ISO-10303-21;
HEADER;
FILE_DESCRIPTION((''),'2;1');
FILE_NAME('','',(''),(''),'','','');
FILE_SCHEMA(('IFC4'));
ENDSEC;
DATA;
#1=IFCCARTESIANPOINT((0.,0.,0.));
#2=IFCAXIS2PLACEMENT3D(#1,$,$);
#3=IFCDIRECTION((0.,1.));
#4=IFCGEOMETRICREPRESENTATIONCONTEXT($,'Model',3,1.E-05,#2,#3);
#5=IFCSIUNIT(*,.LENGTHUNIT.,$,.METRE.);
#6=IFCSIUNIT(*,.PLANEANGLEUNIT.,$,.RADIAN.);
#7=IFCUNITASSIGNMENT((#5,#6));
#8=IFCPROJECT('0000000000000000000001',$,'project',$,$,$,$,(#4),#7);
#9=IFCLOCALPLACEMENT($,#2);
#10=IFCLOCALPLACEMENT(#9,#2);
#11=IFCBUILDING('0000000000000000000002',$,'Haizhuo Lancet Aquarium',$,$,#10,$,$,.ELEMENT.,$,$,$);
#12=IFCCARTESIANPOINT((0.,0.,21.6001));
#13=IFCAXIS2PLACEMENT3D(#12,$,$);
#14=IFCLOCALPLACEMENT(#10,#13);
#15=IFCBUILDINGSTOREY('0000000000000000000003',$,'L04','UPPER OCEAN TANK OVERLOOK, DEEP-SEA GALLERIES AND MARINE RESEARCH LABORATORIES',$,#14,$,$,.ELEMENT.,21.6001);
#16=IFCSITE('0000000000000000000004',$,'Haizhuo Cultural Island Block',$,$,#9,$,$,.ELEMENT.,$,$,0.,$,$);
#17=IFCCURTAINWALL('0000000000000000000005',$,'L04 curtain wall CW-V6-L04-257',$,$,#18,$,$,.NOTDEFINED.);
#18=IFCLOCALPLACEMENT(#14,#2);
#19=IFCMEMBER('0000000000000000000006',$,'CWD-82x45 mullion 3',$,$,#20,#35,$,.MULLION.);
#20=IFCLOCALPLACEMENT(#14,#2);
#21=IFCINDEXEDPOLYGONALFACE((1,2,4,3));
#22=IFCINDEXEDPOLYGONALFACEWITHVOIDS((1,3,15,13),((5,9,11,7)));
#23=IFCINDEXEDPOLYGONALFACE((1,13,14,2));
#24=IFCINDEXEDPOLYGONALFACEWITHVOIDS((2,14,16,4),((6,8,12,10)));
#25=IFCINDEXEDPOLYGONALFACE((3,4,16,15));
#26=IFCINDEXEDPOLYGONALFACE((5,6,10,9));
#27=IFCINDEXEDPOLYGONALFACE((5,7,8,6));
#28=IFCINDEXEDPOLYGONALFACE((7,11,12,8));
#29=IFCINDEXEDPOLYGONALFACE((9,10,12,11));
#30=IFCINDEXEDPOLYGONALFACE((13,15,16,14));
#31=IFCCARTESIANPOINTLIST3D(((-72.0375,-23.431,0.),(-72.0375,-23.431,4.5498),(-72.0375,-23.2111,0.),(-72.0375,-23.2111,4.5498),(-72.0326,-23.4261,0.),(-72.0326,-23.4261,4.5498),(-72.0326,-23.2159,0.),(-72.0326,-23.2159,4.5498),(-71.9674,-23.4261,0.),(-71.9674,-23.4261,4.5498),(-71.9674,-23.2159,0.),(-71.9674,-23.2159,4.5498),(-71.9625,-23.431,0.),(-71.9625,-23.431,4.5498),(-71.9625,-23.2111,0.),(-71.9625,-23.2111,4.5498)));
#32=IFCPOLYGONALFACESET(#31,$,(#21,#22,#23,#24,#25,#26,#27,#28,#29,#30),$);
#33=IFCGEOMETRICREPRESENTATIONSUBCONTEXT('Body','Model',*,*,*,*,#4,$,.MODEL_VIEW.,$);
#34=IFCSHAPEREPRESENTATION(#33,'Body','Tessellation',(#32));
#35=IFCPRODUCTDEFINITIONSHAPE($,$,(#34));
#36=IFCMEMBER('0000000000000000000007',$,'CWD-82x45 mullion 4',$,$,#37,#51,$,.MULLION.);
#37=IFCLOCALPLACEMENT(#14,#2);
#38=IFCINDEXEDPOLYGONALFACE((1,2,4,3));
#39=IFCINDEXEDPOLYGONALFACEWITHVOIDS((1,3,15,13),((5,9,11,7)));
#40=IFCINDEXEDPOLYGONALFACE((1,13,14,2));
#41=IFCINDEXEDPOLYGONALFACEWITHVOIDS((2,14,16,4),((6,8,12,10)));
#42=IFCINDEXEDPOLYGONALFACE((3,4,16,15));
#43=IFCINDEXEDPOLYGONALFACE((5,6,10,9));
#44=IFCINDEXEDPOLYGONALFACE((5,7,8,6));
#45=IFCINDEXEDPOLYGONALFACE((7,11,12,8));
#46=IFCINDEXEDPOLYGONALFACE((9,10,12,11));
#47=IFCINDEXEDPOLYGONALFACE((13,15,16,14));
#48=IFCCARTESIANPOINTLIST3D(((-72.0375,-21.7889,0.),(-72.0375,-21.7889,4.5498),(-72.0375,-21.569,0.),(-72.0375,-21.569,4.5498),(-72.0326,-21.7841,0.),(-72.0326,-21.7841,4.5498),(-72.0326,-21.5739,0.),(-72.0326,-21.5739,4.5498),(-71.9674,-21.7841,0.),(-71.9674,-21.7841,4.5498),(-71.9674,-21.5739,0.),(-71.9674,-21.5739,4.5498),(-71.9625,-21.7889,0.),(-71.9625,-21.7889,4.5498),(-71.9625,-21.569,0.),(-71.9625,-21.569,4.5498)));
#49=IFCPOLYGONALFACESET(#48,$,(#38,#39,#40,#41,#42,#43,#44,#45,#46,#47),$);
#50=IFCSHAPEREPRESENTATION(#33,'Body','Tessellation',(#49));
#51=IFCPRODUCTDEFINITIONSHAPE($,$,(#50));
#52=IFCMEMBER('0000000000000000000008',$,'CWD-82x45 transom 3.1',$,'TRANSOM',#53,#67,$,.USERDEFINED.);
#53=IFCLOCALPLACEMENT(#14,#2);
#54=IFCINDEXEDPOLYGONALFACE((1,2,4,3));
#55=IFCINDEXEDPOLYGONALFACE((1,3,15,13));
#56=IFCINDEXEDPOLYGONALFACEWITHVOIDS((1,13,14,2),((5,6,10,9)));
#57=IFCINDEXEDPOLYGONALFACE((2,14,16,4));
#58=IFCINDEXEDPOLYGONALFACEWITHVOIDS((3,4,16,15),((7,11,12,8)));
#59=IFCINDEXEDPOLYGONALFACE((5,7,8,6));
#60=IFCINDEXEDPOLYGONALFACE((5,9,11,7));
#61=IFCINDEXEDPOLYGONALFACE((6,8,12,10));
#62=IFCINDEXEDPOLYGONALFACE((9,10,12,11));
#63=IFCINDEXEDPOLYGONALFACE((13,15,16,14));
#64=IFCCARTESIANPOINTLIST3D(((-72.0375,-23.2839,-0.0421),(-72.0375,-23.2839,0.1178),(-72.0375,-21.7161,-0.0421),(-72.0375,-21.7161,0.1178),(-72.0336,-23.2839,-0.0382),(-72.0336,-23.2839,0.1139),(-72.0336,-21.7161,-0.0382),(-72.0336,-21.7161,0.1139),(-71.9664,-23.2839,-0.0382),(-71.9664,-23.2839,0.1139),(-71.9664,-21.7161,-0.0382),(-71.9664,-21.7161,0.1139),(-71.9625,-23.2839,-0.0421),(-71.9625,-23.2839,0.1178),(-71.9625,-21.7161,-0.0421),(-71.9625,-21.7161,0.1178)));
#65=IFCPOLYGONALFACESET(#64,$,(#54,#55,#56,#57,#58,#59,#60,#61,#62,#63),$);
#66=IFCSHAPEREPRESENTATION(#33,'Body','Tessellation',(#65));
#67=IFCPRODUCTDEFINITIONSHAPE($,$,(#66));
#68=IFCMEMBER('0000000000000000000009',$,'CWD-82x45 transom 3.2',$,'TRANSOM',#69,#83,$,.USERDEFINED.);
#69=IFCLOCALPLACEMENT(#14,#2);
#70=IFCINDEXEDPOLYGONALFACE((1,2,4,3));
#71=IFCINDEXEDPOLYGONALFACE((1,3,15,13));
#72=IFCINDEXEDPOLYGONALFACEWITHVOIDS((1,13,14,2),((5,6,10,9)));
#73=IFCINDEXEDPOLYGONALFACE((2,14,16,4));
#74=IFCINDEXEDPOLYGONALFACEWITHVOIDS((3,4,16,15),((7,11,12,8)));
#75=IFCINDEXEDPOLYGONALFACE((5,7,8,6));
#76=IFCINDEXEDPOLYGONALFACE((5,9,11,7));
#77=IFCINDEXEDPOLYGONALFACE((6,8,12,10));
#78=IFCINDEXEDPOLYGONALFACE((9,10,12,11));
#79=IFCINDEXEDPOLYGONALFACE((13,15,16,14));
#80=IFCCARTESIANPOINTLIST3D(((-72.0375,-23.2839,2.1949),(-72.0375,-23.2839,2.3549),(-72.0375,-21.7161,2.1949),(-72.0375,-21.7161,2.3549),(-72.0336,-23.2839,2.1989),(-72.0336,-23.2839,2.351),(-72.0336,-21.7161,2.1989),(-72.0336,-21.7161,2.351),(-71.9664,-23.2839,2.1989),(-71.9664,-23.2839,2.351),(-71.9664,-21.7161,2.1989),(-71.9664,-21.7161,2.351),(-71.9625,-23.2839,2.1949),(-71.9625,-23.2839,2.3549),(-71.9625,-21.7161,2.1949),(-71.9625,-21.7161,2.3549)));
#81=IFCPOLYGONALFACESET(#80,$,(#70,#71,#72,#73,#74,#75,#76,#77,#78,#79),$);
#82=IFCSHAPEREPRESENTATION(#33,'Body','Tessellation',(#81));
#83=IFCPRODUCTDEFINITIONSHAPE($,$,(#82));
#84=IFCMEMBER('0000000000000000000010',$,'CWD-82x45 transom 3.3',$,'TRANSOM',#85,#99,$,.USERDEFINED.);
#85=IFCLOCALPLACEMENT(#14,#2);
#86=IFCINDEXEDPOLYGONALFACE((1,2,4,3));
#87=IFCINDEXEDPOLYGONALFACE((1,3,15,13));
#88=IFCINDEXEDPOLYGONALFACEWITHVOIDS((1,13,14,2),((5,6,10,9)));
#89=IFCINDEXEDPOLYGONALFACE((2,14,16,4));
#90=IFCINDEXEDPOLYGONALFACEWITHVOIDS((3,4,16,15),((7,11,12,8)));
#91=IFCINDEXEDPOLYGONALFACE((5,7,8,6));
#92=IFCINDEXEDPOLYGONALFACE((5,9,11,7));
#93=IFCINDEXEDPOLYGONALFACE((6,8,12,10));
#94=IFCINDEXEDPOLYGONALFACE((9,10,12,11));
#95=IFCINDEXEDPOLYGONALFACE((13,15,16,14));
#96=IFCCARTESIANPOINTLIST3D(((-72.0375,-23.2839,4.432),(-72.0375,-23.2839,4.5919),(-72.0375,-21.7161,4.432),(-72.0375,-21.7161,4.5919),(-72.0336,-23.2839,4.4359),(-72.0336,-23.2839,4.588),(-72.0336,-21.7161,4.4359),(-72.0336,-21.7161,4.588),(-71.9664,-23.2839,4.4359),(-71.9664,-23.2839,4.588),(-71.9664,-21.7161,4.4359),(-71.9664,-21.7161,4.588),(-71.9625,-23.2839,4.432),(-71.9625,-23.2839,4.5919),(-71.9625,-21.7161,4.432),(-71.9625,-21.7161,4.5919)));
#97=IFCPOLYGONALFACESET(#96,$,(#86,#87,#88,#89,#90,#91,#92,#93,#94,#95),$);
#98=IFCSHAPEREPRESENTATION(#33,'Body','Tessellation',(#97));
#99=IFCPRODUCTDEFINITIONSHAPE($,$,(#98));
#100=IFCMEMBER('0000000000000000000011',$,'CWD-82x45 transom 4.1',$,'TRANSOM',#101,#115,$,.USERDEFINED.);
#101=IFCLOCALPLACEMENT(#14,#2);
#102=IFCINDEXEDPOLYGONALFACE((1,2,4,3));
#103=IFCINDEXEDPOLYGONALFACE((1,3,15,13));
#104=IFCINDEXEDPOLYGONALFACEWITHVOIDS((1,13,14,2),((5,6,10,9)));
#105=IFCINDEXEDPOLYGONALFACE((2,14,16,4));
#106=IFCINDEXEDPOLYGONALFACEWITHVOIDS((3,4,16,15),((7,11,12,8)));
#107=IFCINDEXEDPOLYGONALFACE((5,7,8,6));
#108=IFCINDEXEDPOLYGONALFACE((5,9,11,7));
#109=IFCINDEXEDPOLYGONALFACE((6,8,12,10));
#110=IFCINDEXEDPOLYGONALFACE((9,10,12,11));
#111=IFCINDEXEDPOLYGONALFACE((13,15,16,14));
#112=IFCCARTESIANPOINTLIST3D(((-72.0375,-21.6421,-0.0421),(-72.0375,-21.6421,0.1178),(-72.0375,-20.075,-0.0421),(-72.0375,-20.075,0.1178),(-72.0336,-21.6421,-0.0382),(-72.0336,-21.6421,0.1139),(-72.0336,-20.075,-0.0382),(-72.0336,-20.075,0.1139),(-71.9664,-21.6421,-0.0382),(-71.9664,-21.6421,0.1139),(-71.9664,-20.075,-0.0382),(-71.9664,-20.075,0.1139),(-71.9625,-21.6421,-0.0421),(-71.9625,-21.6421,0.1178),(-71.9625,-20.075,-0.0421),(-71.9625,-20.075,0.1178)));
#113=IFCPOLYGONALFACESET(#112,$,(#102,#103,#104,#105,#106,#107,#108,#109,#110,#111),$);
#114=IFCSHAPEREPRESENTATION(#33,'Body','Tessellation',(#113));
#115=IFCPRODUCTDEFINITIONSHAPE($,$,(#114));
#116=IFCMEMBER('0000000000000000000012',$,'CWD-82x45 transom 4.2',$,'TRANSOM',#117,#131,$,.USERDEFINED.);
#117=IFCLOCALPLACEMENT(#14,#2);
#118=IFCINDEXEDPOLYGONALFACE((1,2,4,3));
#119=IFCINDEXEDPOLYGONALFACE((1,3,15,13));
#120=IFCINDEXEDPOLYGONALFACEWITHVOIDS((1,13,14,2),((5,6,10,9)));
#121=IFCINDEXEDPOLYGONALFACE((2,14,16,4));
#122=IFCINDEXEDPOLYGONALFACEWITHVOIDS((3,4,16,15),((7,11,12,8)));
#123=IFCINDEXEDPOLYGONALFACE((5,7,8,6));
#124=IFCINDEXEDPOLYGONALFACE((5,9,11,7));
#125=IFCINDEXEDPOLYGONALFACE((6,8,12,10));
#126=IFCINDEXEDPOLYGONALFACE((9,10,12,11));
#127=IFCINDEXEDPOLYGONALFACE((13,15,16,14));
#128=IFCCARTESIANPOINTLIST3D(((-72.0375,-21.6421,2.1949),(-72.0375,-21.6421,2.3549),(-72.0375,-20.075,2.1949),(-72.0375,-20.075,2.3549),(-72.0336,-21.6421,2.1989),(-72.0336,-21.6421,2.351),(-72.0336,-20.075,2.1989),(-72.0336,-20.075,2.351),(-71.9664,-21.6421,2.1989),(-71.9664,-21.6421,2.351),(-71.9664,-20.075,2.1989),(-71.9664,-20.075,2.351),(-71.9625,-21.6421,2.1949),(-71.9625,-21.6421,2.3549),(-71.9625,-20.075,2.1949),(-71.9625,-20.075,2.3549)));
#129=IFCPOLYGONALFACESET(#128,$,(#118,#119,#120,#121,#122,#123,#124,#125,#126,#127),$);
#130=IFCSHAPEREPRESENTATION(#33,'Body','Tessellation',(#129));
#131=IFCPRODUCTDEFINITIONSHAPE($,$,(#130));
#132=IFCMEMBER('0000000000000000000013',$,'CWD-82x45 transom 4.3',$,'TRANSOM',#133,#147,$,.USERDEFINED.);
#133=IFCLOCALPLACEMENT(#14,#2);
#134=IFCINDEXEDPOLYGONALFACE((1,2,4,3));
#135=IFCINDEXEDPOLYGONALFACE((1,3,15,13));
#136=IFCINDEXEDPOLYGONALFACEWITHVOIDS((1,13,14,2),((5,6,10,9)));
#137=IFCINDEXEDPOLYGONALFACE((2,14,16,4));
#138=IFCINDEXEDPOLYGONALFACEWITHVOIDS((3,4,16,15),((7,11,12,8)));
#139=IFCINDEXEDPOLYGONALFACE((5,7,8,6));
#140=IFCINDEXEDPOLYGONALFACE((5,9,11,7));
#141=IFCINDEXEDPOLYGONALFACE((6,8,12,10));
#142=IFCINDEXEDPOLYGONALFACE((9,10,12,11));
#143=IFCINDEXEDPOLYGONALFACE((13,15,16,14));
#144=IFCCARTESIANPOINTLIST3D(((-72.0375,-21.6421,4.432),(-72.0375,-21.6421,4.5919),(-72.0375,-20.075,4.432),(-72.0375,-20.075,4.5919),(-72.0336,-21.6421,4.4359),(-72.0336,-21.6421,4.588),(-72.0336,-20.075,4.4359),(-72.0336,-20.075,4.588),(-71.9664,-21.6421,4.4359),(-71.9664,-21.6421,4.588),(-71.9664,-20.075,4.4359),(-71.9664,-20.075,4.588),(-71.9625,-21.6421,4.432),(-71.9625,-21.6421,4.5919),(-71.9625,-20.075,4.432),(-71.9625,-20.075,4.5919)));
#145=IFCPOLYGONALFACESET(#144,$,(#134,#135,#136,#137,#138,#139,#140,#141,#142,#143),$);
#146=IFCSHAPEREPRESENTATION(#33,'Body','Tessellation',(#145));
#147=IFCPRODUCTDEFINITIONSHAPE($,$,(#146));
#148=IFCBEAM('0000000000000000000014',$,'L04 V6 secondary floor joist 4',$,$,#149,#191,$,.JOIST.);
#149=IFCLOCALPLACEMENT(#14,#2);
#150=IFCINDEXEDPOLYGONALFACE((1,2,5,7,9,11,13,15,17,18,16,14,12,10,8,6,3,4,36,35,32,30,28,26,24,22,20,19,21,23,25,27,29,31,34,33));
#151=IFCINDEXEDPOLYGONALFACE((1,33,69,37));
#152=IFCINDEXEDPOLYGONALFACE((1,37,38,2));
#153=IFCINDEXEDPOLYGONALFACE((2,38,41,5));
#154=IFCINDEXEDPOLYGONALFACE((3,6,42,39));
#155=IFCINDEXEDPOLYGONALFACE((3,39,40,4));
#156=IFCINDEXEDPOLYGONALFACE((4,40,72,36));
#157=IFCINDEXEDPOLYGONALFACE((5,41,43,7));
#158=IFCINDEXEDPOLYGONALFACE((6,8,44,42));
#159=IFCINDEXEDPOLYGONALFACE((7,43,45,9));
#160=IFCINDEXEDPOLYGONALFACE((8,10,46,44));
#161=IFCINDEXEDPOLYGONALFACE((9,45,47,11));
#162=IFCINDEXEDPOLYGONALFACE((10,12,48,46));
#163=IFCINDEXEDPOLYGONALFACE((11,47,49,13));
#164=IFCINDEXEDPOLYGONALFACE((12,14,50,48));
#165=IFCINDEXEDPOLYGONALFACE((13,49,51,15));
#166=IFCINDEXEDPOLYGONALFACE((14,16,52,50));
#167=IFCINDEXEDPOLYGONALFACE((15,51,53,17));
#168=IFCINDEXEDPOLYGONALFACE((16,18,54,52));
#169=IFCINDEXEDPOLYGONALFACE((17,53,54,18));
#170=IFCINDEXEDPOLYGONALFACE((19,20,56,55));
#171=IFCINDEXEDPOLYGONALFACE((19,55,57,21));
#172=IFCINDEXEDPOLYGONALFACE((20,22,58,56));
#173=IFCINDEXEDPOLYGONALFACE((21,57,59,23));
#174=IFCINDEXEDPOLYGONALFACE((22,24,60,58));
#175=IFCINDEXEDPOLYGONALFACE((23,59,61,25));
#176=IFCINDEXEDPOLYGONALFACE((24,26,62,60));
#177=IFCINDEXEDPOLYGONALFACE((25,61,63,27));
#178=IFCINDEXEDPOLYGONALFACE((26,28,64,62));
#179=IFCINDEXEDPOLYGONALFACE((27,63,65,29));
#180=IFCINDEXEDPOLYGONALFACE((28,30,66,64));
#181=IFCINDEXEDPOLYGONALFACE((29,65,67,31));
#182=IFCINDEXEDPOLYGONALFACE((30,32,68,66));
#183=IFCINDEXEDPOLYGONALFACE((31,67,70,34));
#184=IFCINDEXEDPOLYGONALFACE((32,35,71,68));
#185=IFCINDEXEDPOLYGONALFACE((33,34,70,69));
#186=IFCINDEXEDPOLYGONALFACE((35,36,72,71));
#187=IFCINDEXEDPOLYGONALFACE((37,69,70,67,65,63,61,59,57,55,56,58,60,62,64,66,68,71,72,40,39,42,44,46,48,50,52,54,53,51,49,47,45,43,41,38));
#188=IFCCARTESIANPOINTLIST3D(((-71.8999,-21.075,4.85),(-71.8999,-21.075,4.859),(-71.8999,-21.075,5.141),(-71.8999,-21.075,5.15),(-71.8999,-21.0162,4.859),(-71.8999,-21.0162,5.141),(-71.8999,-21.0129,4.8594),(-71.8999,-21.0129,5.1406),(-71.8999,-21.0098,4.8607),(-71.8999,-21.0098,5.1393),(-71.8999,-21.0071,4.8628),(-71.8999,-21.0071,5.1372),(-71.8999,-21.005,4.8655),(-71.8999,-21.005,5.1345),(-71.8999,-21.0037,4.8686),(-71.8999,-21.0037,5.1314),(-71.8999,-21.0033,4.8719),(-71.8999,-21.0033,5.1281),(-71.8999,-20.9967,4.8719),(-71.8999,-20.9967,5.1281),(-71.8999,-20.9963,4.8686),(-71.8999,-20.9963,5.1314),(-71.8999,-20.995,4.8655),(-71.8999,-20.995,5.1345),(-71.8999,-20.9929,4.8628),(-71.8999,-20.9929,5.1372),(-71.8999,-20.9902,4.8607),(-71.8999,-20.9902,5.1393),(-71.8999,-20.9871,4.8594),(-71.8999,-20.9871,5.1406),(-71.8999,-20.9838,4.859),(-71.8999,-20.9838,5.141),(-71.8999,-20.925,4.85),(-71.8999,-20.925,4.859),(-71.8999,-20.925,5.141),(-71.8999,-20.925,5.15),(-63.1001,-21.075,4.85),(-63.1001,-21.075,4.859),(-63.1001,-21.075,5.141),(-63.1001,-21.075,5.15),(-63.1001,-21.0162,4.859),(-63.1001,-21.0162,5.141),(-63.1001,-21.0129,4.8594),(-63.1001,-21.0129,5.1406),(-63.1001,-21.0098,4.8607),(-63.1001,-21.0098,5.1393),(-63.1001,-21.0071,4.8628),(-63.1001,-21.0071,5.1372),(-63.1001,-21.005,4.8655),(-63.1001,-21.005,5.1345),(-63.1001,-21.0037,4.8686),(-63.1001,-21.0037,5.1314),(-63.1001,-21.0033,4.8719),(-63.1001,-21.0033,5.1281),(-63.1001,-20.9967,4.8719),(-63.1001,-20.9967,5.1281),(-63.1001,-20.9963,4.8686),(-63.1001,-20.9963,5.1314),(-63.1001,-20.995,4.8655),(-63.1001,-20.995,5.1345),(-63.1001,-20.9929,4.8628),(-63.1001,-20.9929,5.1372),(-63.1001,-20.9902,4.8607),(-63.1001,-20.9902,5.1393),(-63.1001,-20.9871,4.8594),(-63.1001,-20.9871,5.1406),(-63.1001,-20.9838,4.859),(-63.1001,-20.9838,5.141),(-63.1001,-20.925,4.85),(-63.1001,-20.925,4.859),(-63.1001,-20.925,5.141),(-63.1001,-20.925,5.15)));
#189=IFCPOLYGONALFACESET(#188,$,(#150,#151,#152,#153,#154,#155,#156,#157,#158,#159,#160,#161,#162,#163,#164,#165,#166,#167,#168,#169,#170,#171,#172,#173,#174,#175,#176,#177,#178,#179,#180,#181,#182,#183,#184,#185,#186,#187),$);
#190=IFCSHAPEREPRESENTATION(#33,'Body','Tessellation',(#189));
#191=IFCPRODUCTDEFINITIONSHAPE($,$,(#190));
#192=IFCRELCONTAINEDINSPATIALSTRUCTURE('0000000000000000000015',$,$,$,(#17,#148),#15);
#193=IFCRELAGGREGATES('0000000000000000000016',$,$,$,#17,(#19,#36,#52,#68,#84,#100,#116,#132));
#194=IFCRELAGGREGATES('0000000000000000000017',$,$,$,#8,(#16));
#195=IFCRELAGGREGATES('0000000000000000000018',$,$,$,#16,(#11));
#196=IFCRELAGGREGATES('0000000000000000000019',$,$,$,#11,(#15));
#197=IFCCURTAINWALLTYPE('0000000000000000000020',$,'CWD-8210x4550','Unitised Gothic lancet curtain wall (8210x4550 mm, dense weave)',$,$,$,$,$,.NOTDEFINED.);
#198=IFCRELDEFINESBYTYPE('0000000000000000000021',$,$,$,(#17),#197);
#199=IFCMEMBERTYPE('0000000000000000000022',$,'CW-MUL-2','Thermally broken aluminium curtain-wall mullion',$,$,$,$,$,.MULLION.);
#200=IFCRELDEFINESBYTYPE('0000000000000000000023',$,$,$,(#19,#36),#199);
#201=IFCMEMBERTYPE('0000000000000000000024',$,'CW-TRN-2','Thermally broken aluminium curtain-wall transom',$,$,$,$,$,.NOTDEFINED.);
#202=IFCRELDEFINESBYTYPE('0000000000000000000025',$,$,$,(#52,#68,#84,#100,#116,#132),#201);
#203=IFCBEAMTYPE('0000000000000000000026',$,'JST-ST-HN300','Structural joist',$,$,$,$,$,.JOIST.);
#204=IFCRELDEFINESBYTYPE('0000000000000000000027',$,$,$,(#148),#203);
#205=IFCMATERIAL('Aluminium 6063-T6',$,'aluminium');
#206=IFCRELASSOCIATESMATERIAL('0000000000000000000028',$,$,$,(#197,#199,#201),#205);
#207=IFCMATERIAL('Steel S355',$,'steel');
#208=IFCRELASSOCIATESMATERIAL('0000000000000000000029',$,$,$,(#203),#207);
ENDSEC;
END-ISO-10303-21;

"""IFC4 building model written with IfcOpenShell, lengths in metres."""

from ifc_helpers import new_model, si_unit, direction, frame, origin, origin_2d, place, context, subcontext, project, spatial, hollow_rectangle, i_section, extrude, material, material_profile, profile_set, type_object, element, aggregate, save


model = new_model("IFC4")

# Units and contexts
model_context = context("Model", 3, precision=1e-05, world=origin(), true_north=direction((0.0, 1.0)))
body_context = subcontext(model_context, "Body", "Model", "MODEL_VIEW")
ifc_project = project(units=[si_unit("LENGTHUNIT", "METRE"), si_unit("PLANEANGLEUNIT", "RADIAN")], contexts=[model_context])

# Site, building, storey
site_placement = place(None, origin())
site = spatial("IfcSite", under=ifc_project, at=site_placement, Name="Haizhuo Cultural Island Block", CompositionType="ELEMENT", RefElevation=0.0)
building_placement = place(site_placement, origin())
building = spatial("IfcBuilding", under=site, at=building_placement, Name="Haizhuo Lancet Aquarium", CompositionType="ELEMENT")
storey_placement = place(building_placement, frame((0.0, 0.0, 21.6001)))
storey = spatial("IfcBuildingStorey", under=building, at=storey_placement, Name="L04", Description="UPPER OCEAN TANK OVERLOOK, DEEP-SEA GALLERIES AND MARINE RESEARCH LABORATORIES", CompositionType="ELEMENT", Elevation=21.6001)

# Curtain wall, members
ifc_material_1 = material(Name="Aluminium 6063-T6", Category="aluminium")
curtain_wall_type = type_object("IfcCurtainWallType", Name="CWD-8210x4550", Description="Unitised Gothic lancet curtain wall (8210x4550 mm, dense weave)", PredefinedType="NOTDEFINED", material=ifc_material_1)
curtain_wall_placement = place(storey_placement, origin())
curtain_wall = element("IfcCurtainWall", 1, at=curtain_wall_placement, inside=storey, type_object=curtain_wall_type, Name="L04 curtain wall CW-V6-L04-257", PredefinedType="NOTDEFINED")
ifc_material_profile_1 = material_profile(ifc_material_1, hollow_rectangle(XDim=0.075, YDim=0.22, WallThickness=0.0049, at=origin_2d()), Name="ALU-M 75x220x5")
ifc_profile_set_1 = profile_set([ifc_material_profile_1], Name="Aluminium 6063-T6")
member_type_1 = type_object("IfcMemberType", Name="CW-MUL-2", Description="Thermally broken aluminium curtain-wall mullion", PredefinedType="MULLION", material=ifc_profile_set_1)
member_1_placement = place(storey_placement, frame((-72.0, -23.321, 0.0), z_axis=(0.0, 0.0, 1.0), x_axis=(-1.0, 0.0, 0.0)))
member_1 = element("IfcMember", 2, at=member_1_placement, type_object=member_type_1, Name="CWD-82x45 mullion 3", PredefinedType="MULLION", context=body_context, shape_type="SweptSolid", body=[
    extrude(hollow_rectangle(XDim=0.075, YDim=0.22, WallThickness=0.0049, at=origin_2d()), origin(), (0.0, 0.0, 1.0), 4.5498),
])
member_2_placement = place(storey_placement, frame((-72.0, -21.679, 0.0), z_axis=(0.0, 0.0, 1.0), x_axis=(-1.0, 0.0, 0.0)))
member_2 = element("IfcMember", 3, at=member_2_placement, type_object=member_type_1, Name="CWD-82x45 mullion 4", PredefinedType="MULLION", context=body_context, shape_type="SweptSolid", body=[
    extrude(hollow_rectangle(XDim=0.075, YDim=0.22, WallThickness=0.0049, at=origin_2d()), origin(), (0.0, 0.0, 1.0), 4.5498),
])
ifc_material_profile_2 = material_profile(ifc_material_1, hollow_rectangle(XDim=0.075, YDim=0.1599, WallThickness=0.0039, at=origin_2d()), Name="ALU-T 75x160x4")
ifc_profile_set_2 = profile_set([ifc_material_profile_2], Name="Aluminium 6063-T6")
member_type_2 = type_object("IfcMemberType", Name="CW-TRN-2", Description="Thermally broken aluminium curtain-wall transom", PredefinedType="NOTDEFINED", material=ifc_profile_set_2)
member_3_placement = place(storey_placement, frame((-72.0, -23.2839, 0.0378), z_axis=(0.0, 1.0, 0.0), x_axis=(-1.0, 0.0, 0.0)))
member_3 = element("IfcMember", 4, at=member_3_placement, type_object=member_type_2, Name="CWD-82x45 transom 3.1", ObjectType="TRANSOM", PredefinedType="USERDEFINED", context=body_context, shape_type="SweptSolid", body=[
    extrude(hollow_rectangle(XDim=0.075, YDim=0.1599, WallThickness=0.0039, at=origin_2d()), origin(), (0.0, 0.0, 1.0), 1.5679),
])
member_4_placement = place(storey_placement, frame((-72.0, -23.2839, 2.2749), z_axis=(0.0, 1.0, 0.0), x_axis=(-1.0, 0.0, 0.0)))
member_4 = element("IfcMember", 5, at=member_4_placement, type_object=member_type_2, Name="CWD-82x45 transom 3.2", ObjectType="TRANSOM", PredefinedType="USERDEFINED", context=body_context, shape_type="SweptSolid", body=[
    extrude(hollow_rectangle(XDim=0.075, YDim=0.1599, WallThickness=0.0039, at=origin_2d()), origin(), (0.0, 0.0, 1.0), 1.5679),
])
member_5_placement = place(storey_placement, frame((-72.0, -23.2839, 4.512), z_axis=(0.0, 1.0, 0.0), x_axis=(-1.0, 0.0, 0.0)))
member_5 = element("IfcMember", 6, at=member_5_placement, type_object=member_type_2, Name="CWD-82x45 transom 3.3", ObjectType="TRANSOM", PredefinedType="USERDEFINED", context=body_context, shape_type="SweptSolid", body=[
    extrude(hollow_rectangle(XDim=0.075, YDim=0.1599, WallThickness=0.0039, at=origin_2d()), origin(), (0.0, 0.0, 1.0), 1.5679),
])
member_6_placement = place(storey_placement, frame((-72.0, -21.6421, 0.0378), z_axis=(0.0, 1.0, 0.0), x_axis=(-1.0, 0.0, 0.0)))
member_6 = element("IfcMember", 7, at=member_6_placement, type_object=member_type_2, Name="CWD-82x45 transom 4.1", ObjectType="TRANSOM", PredefinedType="USERDEFINED", context=body_context, shape_type="SweptSolid", body=[
    extrude(hollow_rectangle(XDim=0.075, YDim=0.1599, WallThickness=0.0039, at=origin_2d()), origin(), (0.0, 0.0, 1.0), 1.5671),
])
member_7_placement = place(storey_placement, frame((-72.0, -21.6421, 2.2749), z_axis=(0.0, 1.0, 0.0), x_axis=(-1.0, 0.0, 0.0)))
member_7 = element("IfcMember", 8, at=member_7_placement, type_object=member_type_2, Name="CWD-82x45 transom 4.2", ObjectType="TRANSOM", PredefinedType="USERDEFINED", context=body_context, shape_type="SweptSolid", body=[
    extrude(hollow_rectangle(XDim=0.075, YDim=0.1599, WallThickness=0.0039, at=origin_2d()), origin(), (0.0, 0.0, 1.0), 1.5671),
])
member_8_placement = place(storey_placement, frame((-72.0, -21.6421, 4.512), z_axis=(0.0, 1.0, 0.0), x_axis=(-1.0, 0.0, 0.0)))
member_8 = element("IfcMember", 9, at=member_8_placement, type_object=member_type_2, Name="CWD-82x45 transom 4.3", ObjectType="TRANSOM", PredefinedType="USERDEFINED", context=body_context, shape_type="SweptSolid", body=[
    extrude(hollow_rectangle(XDim=0.075, YDim=0.1599, WallThickness=0.0039, at=origin_2d()), origin(), (0.0, 0.0, 1.0), 1.5671),
])

# Beam
ifc_material_2 = material(Name="Steel S355", Category="steel")
ifc_material_profile_3 = material_profile(ifc_material_2, i_section(OverallWidth=0.1499, OverallDepth=0.3, WebThickness=0.0066, FlangeThickness=0.009, FilletRadius=0.0129, at=origin_2d()), Name="HN 300x150x6.5x9")
ifc_profile_set_3 = profile_set([ifc_material_profile_3], Name="Steel S355")
beam_type_1 = type_object("IfcBeamType", Name="JST-ST-HN300", Description="Structural joist", PredefinedType="JOIST", material=ifc_profile_set_3)
beam_1_placement = place(storey_placement, frame((-71.8999, -21.0, 5.0), z_axis=(1.0, 0.0, 0.0), x_axis=(0.0, 1.0, 0.0)))
element("IfcBeam", 10, at=beam_1_placement, inside=storey, type_object=beam_type_1, Name="L04 V6 secondary floor joist 4", PredefinedType="JOIST", context=body_context, shape_type="SweptSolid", body=[
    extrude(i_section(OverallWidth=0.1499, OverallDepth=0.3, WebThickness=0.0066, FlangeThickness=0.009, FilletRadius=0.0129, at=origin_2d()), origin(), (0.0, 0.0, 1.0), 8.7998),
])

aggregate(curtain_wall, [member_1, member_2, member_3, member_4, member_5, member_6, member_7, member_8])

save(model, "model.ifc")
